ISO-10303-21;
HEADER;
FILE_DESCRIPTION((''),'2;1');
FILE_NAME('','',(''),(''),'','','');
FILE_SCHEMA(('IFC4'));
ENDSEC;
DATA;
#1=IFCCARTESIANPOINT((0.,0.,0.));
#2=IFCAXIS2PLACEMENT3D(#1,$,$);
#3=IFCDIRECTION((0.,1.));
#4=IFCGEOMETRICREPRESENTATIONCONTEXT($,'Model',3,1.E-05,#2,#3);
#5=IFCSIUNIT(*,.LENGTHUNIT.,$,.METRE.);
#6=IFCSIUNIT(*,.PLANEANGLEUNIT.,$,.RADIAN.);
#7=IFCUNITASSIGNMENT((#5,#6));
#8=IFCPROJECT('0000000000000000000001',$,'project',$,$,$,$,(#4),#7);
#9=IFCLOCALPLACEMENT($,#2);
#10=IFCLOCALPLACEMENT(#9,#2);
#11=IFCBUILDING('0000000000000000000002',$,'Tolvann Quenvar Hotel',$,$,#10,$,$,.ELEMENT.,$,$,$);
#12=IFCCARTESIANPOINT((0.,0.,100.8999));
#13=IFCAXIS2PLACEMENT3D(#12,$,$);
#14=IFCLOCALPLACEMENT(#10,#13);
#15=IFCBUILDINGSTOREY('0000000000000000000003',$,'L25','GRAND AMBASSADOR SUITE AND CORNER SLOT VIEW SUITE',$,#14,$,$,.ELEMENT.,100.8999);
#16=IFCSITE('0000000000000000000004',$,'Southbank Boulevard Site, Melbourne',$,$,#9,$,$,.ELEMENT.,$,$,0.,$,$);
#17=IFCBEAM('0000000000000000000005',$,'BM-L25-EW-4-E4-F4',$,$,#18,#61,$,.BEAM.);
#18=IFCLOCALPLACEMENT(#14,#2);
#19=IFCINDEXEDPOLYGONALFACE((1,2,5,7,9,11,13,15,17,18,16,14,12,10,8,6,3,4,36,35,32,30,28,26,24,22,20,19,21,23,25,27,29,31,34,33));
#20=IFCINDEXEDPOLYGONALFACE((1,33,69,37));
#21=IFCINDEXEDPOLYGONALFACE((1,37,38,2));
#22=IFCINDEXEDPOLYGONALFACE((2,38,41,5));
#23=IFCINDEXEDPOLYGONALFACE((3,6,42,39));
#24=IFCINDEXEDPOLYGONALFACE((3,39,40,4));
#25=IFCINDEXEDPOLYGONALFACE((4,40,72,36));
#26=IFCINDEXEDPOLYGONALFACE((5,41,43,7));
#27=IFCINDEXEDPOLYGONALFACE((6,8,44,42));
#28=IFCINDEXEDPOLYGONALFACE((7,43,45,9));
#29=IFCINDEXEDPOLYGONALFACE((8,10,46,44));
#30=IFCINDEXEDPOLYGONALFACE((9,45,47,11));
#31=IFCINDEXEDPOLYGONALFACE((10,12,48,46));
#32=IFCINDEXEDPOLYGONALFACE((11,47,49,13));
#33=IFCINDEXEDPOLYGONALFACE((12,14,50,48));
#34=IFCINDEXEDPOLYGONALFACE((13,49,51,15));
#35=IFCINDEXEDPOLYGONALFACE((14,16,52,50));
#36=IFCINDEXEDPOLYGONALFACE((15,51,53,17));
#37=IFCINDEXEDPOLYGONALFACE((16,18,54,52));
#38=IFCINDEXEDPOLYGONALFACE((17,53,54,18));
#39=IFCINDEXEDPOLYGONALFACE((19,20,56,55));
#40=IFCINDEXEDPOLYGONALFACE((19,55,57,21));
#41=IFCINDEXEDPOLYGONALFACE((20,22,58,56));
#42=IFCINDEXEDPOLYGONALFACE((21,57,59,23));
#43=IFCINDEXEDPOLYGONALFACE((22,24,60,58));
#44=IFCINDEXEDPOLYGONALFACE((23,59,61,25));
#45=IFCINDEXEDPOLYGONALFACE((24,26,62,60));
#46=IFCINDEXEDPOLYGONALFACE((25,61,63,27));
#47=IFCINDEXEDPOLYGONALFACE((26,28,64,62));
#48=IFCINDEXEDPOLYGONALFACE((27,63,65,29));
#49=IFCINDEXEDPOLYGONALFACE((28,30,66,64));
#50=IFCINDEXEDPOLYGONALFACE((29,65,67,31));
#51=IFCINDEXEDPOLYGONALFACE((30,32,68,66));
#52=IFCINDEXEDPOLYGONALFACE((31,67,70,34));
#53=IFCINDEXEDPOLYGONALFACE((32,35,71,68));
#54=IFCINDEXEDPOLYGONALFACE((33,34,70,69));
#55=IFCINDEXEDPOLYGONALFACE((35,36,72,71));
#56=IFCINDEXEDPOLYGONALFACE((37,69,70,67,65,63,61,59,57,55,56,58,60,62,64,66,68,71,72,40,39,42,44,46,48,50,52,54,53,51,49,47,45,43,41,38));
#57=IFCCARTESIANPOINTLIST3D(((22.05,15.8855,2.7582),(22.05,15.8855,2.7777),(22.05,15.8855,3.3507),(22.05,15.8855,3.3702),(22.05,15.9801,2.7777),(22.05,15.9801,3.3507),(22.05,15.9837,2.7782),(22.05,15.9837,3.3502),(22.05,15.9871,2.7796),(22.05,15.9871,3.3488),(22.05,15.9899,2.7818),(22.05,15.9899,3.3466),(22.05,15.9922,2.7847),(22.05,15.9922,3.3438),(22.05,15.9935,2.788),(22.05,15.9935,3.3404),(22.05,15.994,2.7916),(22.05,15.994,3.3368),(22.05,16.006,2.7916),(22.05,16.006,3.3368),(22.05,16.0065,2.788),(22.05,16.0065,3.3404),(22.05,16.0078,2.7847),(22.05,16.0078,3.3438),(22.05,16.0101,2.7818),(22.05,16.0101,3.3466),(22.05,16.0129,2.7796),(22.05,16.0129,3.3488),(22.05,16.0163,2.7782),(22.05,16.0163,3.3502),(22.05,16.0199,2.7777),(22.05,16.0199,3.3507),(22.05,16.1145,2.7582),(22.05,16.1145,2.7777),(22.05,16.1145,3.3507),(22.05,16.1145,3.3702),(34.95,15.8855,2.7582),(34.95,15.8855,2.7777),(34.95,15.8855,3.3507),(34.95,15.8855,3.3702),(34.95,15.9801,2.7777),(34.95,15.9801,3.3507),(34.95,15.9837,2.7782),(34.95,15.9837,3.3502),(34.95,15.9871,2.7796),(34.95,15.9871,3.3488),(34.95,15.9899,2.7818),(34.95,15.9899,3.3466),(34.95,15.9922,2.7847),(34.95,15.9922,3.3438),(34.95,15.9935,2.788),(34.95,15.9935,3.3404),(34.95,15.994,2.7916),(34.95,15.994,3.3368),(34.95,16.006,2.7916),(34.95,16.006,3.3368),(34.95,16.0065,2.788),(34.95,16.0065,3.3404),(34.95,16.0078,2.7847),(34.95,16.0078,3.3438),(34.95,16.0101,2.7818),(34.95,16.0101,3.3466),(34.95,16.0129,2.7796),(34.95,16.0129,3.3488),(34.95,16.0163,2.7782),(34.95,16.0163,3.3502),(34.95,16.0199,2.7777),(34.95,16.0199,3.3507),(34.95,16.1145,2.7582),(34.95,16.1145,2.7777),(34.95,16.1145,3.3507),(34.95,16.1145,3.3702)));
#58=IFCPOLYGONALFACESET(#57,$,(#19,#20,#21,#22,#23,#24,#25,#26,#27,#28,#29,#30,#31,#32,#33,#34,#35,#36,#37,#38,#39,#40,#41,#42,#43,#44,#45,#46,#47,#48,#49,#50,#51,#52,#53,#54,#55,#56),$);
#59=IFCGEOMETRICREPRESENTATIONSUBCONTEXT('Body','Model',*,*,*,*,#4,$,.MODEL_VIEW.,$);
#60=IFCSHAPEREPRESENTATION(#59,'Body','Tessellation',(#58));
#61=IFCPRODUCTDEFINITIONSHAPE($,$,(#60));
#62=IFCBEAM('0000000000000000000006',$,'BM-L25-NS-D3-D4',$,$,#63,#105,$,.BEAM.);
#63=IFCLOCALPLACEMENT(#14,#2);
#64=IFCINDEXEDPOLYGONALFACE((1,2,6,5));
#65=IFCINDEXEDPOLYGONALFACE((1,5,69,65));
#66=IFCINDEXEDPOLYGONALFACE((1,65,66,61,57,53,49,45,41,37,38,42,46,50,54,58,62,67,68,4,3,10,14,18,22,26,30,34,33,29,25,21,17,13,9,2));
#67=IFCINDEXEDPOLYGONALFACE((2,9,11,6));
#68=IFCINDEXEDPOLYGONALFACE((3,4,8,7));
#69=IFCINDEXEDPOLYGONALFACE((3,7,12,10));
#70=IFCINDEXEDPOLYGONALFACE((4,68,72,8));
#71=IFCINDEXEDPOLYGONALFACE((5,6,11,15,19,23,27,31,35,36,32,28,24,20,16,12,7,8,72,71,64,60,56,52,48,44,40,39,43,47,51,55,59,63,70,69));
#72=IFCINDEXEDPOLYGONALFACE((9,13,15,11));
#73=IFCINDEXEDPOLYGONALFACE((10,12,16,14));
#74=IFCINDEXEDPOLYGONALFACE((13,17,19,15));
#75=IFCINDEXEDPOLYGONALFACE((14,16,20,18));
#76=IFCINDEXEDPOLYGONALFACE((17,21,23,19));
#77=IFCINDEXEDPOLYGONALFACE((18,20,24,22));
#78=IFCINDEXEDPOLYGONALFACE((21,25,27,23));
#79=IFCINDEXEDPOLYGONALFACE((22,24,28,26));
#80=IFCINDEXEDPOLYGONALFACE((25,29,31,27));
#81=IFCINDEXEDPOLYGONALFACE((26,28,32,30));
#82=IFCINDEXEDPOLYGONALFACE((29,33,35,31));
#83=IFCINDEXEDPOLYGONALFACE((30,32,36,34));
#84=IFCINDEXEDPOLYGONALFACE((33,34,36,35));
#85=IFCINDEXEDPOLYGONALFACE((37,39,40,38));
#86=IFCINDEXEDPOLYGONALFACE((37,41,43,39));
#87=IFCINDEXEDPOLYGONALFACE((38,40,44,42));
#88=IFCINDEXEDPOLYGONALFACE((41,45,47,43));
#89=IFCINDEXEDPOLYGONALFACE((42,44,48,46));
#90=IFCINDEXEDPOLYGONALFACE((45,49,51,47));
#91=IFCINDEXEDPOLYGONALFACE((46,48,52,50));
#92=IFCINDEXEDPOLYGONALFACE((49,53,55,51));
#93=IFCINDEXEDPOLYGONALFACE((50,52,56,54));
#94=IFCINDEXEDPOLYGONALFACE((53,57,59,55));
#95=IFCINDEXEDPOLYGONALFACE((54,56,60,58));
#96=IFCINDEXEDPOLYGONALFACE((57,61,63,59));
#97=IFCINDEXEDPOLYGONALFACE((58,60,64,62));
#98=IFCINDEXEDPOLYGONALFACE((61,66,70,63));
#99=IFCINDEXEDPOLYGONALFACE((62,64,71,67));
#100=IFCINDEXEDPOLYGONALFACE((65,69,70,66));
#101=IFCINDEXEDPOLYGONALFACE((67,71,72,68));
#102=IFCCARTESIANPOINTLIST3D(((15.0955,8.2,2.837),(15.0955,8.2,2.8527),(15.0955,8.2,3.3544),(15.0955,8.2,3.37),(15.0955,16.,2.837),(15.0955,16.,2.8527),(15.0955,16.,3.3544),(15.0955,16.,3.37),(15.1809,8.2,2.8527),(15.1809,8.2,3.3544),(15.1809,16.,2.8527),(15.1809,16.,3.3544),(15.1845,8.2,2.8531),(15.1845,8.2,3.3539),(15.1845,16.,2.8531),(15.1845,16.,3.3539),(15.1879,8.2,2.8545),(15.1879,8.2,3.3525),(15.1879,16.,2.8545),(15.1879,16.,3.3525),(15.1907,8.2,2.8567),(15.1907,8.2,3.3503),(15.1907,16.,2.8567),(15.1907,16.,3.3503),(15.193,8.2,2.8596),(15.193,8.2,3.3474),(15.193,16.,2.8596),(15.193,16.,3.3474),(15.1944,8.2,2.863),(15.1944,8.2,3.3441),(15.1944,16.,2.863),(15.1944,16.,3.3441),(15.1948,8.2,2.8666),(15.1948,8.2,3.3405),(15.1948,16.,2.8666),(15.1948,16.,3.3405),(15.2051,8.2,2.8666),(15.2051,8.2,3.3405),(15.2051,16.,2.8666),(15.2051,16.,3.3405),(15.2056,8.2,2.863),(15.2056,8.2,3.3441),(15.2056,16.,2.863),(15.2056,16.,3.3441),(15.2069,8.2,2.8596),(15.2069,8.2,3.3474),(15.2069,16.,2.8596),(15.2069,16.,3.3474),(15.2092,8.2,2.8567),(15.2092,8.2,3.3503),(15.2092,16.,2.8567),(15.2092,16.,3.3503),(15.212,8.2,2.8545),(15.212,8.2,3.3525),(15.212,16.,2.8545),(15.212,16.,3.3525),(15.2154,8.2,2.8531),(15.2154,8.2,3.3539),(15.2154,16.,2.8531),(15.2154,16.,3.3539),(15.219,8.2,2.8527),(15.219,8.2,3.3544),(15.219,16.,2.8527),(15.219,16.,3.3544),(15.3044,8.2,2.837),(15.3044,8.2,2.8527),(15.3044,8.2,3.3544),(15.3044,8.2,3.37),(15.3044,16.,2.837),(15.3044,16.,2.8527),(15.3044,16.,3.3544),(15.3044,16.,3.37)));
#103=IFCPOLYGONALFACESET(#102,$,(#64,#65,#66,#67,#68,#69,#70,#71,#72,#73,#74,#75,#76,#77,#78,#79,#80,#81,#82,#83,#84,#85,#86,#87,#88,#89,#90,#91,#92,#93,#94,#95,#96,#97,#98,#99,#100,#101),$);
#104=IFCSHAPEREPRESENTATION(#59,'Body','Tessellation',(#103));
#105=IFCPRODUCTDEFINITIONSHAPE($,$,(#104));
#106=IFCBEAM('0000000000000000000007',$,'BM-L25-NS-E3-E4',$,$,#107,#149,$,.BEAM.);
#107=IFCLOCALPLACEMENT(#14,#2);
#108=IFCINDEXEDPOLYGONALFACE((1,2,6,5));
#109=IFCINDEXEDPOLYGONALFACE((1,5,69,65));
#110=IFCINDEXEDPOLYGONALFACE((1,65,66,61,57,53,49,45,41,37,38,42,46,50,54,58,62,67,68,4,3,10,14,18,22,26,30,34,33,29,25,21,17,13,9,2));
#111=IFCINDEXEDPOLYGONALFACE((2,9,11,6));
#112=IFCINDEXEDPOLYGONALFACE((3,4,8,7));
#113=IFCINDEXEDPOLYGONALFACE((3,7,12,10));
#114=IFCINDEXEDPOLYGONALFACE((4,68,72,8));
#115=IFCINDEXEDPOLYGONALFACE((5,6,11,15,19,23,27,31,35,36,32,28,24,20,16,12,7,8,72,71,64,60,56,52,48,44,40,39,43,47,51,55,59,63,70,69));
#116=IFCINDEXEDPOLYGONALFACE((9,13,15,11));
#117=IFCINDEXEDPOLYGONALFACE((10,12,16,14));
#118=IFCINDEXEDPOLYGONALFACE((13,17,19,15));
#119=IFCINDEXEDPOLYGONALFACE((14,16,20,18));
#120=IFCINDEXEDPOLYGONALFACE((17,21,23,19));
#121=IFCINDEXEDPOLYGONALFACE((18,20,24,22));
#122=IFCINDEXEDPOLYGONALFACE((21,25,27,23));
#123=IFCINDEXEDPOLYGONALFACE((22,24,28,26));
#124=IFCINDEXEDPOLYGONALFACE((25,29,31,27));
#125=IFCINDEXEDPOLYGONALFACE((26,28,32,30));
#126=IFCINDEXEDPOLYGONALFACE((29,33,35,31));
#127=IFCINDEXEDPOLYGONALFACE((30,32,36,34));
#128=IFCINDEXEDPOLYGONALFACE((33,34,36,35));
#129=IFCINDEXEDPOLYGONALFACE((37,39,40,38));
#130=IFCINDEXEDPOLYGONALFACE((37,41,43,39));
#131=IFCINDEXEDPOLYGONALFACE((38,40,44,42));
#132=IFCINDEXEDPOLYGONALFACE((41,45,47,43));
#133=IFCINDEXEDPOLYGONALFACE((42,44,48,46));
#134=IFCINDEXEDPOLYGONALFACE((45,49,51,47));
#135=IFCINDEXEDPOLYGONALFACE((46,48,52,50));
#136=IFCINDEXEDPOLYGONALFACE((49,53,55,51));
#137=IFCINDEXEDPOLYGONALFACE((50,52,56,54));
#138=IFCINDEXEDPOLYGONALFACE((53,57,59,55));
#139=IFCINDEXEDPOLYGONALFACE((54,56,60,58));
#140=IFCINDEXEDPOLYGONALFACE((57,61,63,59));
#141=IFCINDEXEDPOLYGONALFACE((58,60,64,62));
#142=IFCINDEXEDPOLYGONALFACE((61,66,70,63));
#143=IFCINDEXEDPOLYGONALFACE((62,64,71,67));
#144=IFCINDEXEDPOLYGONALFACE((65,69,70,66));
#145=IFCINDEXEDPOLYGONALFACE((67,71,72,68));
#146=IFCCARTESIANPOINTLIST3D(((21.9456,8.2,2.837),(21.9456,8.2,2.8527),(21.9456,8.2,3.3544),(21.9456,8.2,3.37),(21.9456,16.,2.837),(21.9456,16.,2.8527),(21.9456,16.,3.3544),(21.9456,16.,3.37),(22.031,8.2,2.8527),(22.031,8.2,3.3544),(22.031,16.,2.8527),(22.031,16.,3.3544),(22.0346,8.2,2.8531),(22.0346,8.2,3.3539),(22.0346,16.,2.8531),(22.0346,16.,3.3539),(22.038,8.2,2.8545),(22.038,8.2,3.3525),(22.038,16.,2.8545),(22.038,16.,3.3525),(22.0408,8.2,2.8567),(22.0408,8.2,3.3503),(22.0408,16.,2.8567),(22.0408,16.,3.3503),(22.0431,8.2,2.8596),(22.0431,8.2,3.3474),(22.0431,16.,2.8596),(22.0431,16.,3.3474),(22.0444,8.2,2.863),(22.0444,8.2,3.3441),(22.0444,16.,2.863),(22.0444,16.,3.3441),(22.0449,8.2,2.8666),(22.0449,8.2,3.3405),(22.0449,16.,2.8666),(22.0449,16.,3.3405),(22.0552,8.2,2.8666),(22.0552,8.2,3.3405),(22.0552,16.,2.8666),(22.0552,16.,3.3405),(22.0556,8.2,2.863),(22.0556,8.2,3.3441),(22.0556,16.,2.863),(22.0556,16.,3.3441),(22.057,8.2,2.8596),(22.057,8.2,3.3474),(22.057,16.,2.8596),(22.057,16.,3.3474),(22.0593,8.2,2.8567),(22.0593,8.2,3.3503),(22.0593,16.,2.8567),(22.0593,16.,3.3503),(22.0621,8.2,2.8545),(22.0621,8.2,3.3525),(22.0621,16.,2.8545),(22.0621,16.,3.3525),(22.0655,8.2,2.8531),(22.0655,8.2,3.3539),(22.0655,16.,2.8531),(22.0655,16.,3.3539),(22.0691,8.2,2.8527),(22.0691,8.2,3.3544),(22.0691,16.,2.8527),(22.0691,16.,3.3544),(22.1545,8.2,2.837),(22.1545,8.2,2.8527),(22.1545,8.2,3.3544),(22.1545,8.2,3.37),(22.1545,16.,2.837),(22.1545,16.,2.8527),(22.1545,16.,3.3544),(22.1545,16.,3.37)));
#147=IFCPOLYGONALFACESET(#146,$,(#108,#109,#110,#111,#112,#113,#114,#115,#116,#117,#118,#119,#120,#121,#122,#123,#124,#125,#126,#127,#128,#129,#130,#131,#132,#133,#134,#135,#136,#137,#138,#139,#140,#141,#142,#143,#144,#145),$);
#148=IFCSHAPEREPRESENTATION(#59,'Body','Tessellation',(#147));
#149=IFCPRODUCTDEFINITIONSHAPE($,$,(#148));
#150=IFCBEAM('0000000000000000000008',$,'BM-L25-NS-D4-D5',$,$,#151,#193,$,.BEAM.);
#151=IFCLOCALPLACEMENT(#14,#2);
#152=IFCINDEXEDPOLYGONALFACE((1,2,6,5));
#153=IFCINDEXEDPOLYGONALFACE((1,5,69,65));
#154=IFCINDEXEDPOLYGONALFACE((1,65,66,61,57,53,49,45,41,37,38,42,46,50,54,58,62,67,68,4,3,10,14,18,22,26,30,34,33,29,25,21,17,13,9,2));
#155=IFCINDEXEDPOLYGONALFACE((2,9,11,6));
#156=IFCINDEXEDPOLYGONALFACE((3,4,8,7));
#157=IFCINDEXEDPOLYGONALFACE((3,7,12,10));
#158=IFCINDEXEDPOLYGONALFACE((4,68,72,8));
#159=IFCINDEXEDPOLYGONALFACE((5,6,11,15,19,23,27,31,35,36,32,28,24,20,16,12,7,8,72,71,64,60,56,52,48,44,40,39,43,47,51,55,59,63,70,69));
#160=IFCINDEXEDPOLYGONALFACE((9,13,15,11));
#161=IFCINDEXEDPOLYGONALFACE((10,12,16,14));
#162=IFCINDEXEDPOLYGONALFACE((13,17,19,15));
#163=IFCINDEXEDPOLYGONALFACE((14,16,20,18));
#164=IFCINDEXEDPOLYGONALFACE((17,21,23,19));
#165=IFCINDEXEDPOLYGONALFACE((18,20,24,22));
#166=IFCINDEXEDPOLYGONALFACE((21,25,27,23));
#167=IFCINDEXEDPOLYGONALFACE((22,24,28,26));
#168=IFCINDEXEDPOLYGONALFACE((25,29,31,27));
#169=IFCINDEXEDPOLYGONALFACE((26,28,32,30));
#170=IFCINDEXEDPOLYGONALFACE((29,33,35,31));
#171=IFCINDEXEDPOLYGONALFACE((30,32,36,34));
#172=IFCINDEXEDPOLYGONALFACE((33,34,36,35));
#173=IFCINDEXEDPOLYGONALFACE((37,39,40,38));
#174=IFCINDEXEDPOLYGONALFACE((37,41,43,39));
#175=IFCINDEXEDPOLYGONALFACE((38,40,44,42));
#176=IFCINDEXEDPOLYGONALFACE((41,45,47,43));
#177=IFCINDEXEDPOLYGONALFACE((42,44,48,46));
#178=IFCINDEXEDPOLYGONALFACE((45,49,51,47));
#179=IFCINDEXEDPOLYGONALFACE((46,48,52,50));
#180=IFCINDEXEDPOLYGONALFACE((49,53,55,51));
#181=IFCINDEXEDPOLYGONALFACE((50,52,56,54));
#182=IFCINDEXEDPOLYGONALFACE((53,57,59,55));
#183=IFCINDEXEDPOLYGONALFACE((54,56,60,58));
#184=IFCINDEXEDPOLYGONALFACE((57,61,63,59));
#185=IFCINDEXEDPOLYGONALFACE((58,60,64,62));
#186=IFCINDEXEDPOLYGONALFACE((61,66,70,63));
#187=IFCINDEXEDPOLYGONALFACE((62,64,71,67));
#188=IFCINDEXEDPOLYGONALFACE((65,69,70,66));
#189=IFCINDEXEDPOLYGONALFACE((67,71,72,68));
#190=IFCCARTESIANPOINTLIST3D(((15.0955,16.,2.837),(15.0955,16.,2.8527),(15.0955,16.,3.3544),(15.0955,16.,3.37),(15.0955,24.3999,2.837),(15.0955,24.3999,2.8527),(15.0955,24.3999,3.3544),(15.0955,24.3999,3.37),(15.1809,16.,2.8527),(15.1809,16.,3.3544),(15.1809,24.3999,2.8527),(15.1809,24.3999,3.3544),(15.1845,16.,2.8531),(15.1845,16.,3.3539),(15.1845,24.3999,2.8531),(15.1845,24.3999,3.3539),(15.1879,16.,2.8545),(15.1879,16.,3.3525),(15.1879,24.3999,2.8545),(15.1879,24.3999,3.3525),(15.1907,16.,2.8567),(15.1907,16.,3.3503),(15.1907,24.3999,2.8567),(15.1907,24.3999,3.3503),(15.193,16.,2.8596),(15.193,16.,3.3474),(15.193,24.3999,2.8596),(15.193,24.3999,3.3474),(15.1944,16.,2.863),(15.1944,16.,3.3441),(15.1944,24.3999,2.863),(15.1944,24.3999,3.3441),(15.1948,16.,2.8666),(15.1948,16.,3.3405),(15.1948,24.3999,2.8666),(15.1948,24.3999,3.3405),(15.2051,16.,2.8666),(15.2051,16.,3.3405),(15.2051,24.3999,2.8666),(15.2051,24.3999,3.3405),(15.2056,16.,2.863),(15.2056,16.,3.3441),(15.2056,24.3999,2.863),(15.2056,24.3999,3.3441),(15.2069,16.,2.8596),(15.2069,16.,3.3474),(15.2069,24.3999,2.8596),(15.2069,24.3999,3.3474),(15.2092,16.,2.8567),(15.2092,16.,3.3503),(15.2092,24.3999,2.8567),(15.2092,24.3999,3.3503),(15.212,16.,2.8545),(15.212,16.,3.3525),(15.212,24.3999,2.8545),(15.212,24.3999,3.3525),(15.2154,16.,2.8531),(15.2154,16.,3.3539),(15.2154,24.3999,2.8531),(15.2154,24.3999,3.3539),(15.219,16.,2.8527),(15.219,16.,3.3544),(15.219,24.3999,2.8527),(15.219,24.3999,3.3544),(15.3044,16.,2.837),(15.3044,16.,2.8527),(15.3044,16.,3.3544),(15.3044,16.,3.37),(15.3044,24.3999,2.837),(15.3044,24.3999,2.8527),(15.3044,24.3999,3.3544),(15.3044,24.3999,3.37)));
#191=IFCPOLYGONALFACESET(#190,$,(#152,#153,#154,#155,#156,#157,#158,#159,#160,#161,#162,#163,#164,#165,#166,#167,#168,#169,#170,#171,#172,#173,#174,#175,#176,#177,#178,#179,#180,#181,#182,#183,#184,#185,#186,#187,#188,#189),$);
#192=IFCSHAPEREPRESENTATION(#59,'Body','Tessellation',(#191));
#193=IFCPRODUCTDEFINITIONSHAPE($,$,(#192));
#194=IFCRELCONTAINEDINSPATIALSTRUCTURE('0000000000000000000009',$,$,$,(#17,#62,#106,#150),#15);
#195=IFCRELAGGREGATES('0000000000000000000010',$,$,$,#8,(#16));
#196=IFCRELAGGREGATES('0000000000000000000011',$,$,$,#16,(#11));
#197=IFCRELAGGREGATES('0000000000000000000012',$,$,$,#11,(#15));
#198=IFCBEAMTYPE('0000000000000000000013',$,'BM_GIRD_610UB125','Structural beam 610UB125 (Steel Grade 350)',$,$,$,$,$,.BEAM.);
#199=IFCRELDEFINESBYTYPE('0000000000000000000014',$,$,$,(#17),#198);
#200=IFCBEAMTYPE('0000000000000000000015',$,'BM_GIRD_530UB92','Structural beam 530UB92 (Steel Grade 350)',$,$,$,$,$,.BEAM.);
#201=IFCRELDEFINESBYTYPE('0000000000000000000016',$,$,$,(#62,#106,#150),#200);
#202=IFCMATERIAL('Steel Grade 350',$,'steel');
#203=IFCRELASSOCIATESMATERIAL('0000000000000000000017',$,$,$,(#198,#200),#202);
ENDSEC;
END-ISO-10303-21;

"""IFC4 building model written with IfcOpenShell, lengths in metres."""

from ifc_helpers import new_model, si_unit, direction, frame, origin, origin_2d, place, context, subcontext, project, spatial, i_section, extrude, source, transform, mapped, material, material_profile, profile_set, type_object, type_shapes, element, save


model = new_model("IFC4")

# Units and contexts
model_context = context("Model", 3, precision=1e-05, world=origin(), true_north=direction((0.0, 1.0)))
body_context = subcontext(model_context, "Body", "Model", "MODEL_VIEW")
ifc_project = project(units=[si_unit("LENGTHUNIT", "METRE"), si_unit("PLANEANGLEUNIT", "RADIAN")], contexts=[model_context])

# Site, building, storey
site_placement = place(None, origin())
site = spatial("IfcSite", under=ifc_project, at=site_placement, Name="Southbank Boulevard Site, Melbourne", CompositionType="ELEMENT", RefElevation=0.0)
building_placement = place(site_placement, origin())
building = spatial("IfcBuilding", under=site, at=building_placement, Name="Tolvann Quenvar Hotel", CompositionType="ELEMENT")
storey_placement = place(building_placement, frame((0.0, 0.0, 100.8999)))
storey = spatial("IfcBuildingStorey", under=building, at=storey_placement, Name="L25", Description="GRAND AMBASSADOR SUITE AND CORNER SLOT VIEW SUITE", CompositionType="ELEMENT", Elevation=100.8999)

# Shared definitions
ifc_material_1 = material(Name="Steel Grade 350", Category="steel")

# Beams
ifc_material_profile_1 = material_profile(ifc_material_1, i_section(OverallWidth=0.229, OverallDepth=0.6121, WebThickness=0.012, FlangeThickness=0.0195, FilletRadius=0.0139, at=origin_2d()), Name="610UB125")
ifc_profile_set_1 = profile_set([ifc_material_profile_1], Name="Steel Grade 350")
beam_type_1 = type_object("IfcBeamType", Name="BM_GIRD_610UB125", Description="Structural beam 610UB125 (Steel Grade 350)", PredefinedType="BEAM", material=ifc_profile_set_1)
shared_shape_1 = source(origin(), body_context, "Body", "SweptSolid", [
    extrude(i_section(OverallWidth=0.229, OverallDepth=0.6121, WebThickness=0.012, FlangeThickness=0.0195, FilletRadius=0.0139, at=origin_2d()), origin(), (0.0, 0.0, 1.0), 12.8999),
])
beam_placement = place(storey_placement, frame((22.05, 16.0, 3.0642), z_axis=(1.0, 0.0, 0.0), x_axis=(0.0, 1.0, 0.0)))
element("IfcBeam", 1, at=beam_placement, inside=storey, type_object=beam_type_1, Name="BM-L25-EW-4-E4-F4", PredefinedType="BEAM", context=body_context, shape_type="MappedRepresentation", body=[
    mapped(shared_shape_1, transform((0.0, 0.0, 0.0), x_axis=(1.0, 0.0, 0.0), y_axis=(0.0, 1.0, 0.0), z_axis=(0.0, 0.0, 1.0), scale=1.0)),
])
ifc_material_profile_2 = material_profile(ifc_material_1, i_section(OverallWidth=0.209, OverallDepth=0.533, WebThickness=0.0103, FlangeThickness=0.0156, FilletRadius=0.0139, at=origin_2d()), Name="530UB92")
ifc_profile_set_2 = profile_set([ifc_material_profile_2], Name="Steel Grade 350")
beam_type_2 = type_object("IfcBeamType", Name="BM_GIRD_530UB92", Description="Structural beam 530UB92 (Steel Grade 350)", PredefinedType="BEAM", material=ifc_profile_set_2)
shared_shape_2 = source(origin(), body_context, "Body", "SweptSolid", [
    extrude(i_section(OverallWidth=0.209, OverallDepth=0.533, WebThickness=0.0103, FlangeThickness=0.0156, FilletRadius=0.0139, at=origin_2d()), origin(), (0.0, 0.0, 1.0), 7.8),
])
for number, where, z_axis, x_axis, name in (
    (2, (15.2, 8.2, 3.1035), (0.0, 1.0, 0.0), (-1.0, 0.0, 0.0), "BM-L25-NS-D3-D4"),
    (3, (22.05, 8.2, 3.1035), (0.0, 1.0, 0.0), (-1.0, 0.0, 0.0), "BM-L25-NS-E3-E4"),
):
    element("IfcBeam", number, at=place(storey_placement, frame(where, z_axis=z_axis, x_axis=x_axis)), inside=storey, type_object=beam_type_2, Name=name, PredefinedType="BEAM", context=body_context, shape_type="MappedRepresentation", body=[
        mapped(shared_shape_2, transform((0.0, 0.0, 0.0), x_axis=(1.0, 0.0, 0.0), y_axis=(0.0, 1.0, 0.0), z_axis=(0.0, 0.0, 1.0), scale=1.0)),
    ])
shared_shape_3 = source(origin(), body_context, "Body", "SweptSolid", [
    extrude(i_section(OverallWidth=0.209, OverallDepth=0.533, WebThickness=0.0103, FlangeThickness=0.0156, FilletRadius=0.0139, at=origin_2d()), origin(), (0.0, 0.0, 1.0), 8.3999),
])
type_shapes(beam_type_2, [shared_shape_2, shared_shape_3])
for number, where, z_axis, x_axis, name in (
    (4, (15.2, 16.0, 3.1035), (0.0, 1.0, 0.0), (-1.0, 0.0, 0.0), "BM-L25-NS-D4-D5"),
):
    element("IfcBeam", number, at=place(storey_placement, frame(where, z_axis=z_axis, x_axis=x_axis)), inside=storey, type_object=beam_type_2, Name=name, PredefinedType="BEAM", context=body_context, shape_type="MappedRepresentation", body=[
        mapped(shared_shape_3, transform((0.0, 0.0, 0.0), x_axis=(1.0, 0.0, 0.0), y_axis=(0.0, 1.0, 0.0), z_axis=(0.0, 0.0, 1.0), scale=1.0)),
    ])

save(model, "model.ifc")
